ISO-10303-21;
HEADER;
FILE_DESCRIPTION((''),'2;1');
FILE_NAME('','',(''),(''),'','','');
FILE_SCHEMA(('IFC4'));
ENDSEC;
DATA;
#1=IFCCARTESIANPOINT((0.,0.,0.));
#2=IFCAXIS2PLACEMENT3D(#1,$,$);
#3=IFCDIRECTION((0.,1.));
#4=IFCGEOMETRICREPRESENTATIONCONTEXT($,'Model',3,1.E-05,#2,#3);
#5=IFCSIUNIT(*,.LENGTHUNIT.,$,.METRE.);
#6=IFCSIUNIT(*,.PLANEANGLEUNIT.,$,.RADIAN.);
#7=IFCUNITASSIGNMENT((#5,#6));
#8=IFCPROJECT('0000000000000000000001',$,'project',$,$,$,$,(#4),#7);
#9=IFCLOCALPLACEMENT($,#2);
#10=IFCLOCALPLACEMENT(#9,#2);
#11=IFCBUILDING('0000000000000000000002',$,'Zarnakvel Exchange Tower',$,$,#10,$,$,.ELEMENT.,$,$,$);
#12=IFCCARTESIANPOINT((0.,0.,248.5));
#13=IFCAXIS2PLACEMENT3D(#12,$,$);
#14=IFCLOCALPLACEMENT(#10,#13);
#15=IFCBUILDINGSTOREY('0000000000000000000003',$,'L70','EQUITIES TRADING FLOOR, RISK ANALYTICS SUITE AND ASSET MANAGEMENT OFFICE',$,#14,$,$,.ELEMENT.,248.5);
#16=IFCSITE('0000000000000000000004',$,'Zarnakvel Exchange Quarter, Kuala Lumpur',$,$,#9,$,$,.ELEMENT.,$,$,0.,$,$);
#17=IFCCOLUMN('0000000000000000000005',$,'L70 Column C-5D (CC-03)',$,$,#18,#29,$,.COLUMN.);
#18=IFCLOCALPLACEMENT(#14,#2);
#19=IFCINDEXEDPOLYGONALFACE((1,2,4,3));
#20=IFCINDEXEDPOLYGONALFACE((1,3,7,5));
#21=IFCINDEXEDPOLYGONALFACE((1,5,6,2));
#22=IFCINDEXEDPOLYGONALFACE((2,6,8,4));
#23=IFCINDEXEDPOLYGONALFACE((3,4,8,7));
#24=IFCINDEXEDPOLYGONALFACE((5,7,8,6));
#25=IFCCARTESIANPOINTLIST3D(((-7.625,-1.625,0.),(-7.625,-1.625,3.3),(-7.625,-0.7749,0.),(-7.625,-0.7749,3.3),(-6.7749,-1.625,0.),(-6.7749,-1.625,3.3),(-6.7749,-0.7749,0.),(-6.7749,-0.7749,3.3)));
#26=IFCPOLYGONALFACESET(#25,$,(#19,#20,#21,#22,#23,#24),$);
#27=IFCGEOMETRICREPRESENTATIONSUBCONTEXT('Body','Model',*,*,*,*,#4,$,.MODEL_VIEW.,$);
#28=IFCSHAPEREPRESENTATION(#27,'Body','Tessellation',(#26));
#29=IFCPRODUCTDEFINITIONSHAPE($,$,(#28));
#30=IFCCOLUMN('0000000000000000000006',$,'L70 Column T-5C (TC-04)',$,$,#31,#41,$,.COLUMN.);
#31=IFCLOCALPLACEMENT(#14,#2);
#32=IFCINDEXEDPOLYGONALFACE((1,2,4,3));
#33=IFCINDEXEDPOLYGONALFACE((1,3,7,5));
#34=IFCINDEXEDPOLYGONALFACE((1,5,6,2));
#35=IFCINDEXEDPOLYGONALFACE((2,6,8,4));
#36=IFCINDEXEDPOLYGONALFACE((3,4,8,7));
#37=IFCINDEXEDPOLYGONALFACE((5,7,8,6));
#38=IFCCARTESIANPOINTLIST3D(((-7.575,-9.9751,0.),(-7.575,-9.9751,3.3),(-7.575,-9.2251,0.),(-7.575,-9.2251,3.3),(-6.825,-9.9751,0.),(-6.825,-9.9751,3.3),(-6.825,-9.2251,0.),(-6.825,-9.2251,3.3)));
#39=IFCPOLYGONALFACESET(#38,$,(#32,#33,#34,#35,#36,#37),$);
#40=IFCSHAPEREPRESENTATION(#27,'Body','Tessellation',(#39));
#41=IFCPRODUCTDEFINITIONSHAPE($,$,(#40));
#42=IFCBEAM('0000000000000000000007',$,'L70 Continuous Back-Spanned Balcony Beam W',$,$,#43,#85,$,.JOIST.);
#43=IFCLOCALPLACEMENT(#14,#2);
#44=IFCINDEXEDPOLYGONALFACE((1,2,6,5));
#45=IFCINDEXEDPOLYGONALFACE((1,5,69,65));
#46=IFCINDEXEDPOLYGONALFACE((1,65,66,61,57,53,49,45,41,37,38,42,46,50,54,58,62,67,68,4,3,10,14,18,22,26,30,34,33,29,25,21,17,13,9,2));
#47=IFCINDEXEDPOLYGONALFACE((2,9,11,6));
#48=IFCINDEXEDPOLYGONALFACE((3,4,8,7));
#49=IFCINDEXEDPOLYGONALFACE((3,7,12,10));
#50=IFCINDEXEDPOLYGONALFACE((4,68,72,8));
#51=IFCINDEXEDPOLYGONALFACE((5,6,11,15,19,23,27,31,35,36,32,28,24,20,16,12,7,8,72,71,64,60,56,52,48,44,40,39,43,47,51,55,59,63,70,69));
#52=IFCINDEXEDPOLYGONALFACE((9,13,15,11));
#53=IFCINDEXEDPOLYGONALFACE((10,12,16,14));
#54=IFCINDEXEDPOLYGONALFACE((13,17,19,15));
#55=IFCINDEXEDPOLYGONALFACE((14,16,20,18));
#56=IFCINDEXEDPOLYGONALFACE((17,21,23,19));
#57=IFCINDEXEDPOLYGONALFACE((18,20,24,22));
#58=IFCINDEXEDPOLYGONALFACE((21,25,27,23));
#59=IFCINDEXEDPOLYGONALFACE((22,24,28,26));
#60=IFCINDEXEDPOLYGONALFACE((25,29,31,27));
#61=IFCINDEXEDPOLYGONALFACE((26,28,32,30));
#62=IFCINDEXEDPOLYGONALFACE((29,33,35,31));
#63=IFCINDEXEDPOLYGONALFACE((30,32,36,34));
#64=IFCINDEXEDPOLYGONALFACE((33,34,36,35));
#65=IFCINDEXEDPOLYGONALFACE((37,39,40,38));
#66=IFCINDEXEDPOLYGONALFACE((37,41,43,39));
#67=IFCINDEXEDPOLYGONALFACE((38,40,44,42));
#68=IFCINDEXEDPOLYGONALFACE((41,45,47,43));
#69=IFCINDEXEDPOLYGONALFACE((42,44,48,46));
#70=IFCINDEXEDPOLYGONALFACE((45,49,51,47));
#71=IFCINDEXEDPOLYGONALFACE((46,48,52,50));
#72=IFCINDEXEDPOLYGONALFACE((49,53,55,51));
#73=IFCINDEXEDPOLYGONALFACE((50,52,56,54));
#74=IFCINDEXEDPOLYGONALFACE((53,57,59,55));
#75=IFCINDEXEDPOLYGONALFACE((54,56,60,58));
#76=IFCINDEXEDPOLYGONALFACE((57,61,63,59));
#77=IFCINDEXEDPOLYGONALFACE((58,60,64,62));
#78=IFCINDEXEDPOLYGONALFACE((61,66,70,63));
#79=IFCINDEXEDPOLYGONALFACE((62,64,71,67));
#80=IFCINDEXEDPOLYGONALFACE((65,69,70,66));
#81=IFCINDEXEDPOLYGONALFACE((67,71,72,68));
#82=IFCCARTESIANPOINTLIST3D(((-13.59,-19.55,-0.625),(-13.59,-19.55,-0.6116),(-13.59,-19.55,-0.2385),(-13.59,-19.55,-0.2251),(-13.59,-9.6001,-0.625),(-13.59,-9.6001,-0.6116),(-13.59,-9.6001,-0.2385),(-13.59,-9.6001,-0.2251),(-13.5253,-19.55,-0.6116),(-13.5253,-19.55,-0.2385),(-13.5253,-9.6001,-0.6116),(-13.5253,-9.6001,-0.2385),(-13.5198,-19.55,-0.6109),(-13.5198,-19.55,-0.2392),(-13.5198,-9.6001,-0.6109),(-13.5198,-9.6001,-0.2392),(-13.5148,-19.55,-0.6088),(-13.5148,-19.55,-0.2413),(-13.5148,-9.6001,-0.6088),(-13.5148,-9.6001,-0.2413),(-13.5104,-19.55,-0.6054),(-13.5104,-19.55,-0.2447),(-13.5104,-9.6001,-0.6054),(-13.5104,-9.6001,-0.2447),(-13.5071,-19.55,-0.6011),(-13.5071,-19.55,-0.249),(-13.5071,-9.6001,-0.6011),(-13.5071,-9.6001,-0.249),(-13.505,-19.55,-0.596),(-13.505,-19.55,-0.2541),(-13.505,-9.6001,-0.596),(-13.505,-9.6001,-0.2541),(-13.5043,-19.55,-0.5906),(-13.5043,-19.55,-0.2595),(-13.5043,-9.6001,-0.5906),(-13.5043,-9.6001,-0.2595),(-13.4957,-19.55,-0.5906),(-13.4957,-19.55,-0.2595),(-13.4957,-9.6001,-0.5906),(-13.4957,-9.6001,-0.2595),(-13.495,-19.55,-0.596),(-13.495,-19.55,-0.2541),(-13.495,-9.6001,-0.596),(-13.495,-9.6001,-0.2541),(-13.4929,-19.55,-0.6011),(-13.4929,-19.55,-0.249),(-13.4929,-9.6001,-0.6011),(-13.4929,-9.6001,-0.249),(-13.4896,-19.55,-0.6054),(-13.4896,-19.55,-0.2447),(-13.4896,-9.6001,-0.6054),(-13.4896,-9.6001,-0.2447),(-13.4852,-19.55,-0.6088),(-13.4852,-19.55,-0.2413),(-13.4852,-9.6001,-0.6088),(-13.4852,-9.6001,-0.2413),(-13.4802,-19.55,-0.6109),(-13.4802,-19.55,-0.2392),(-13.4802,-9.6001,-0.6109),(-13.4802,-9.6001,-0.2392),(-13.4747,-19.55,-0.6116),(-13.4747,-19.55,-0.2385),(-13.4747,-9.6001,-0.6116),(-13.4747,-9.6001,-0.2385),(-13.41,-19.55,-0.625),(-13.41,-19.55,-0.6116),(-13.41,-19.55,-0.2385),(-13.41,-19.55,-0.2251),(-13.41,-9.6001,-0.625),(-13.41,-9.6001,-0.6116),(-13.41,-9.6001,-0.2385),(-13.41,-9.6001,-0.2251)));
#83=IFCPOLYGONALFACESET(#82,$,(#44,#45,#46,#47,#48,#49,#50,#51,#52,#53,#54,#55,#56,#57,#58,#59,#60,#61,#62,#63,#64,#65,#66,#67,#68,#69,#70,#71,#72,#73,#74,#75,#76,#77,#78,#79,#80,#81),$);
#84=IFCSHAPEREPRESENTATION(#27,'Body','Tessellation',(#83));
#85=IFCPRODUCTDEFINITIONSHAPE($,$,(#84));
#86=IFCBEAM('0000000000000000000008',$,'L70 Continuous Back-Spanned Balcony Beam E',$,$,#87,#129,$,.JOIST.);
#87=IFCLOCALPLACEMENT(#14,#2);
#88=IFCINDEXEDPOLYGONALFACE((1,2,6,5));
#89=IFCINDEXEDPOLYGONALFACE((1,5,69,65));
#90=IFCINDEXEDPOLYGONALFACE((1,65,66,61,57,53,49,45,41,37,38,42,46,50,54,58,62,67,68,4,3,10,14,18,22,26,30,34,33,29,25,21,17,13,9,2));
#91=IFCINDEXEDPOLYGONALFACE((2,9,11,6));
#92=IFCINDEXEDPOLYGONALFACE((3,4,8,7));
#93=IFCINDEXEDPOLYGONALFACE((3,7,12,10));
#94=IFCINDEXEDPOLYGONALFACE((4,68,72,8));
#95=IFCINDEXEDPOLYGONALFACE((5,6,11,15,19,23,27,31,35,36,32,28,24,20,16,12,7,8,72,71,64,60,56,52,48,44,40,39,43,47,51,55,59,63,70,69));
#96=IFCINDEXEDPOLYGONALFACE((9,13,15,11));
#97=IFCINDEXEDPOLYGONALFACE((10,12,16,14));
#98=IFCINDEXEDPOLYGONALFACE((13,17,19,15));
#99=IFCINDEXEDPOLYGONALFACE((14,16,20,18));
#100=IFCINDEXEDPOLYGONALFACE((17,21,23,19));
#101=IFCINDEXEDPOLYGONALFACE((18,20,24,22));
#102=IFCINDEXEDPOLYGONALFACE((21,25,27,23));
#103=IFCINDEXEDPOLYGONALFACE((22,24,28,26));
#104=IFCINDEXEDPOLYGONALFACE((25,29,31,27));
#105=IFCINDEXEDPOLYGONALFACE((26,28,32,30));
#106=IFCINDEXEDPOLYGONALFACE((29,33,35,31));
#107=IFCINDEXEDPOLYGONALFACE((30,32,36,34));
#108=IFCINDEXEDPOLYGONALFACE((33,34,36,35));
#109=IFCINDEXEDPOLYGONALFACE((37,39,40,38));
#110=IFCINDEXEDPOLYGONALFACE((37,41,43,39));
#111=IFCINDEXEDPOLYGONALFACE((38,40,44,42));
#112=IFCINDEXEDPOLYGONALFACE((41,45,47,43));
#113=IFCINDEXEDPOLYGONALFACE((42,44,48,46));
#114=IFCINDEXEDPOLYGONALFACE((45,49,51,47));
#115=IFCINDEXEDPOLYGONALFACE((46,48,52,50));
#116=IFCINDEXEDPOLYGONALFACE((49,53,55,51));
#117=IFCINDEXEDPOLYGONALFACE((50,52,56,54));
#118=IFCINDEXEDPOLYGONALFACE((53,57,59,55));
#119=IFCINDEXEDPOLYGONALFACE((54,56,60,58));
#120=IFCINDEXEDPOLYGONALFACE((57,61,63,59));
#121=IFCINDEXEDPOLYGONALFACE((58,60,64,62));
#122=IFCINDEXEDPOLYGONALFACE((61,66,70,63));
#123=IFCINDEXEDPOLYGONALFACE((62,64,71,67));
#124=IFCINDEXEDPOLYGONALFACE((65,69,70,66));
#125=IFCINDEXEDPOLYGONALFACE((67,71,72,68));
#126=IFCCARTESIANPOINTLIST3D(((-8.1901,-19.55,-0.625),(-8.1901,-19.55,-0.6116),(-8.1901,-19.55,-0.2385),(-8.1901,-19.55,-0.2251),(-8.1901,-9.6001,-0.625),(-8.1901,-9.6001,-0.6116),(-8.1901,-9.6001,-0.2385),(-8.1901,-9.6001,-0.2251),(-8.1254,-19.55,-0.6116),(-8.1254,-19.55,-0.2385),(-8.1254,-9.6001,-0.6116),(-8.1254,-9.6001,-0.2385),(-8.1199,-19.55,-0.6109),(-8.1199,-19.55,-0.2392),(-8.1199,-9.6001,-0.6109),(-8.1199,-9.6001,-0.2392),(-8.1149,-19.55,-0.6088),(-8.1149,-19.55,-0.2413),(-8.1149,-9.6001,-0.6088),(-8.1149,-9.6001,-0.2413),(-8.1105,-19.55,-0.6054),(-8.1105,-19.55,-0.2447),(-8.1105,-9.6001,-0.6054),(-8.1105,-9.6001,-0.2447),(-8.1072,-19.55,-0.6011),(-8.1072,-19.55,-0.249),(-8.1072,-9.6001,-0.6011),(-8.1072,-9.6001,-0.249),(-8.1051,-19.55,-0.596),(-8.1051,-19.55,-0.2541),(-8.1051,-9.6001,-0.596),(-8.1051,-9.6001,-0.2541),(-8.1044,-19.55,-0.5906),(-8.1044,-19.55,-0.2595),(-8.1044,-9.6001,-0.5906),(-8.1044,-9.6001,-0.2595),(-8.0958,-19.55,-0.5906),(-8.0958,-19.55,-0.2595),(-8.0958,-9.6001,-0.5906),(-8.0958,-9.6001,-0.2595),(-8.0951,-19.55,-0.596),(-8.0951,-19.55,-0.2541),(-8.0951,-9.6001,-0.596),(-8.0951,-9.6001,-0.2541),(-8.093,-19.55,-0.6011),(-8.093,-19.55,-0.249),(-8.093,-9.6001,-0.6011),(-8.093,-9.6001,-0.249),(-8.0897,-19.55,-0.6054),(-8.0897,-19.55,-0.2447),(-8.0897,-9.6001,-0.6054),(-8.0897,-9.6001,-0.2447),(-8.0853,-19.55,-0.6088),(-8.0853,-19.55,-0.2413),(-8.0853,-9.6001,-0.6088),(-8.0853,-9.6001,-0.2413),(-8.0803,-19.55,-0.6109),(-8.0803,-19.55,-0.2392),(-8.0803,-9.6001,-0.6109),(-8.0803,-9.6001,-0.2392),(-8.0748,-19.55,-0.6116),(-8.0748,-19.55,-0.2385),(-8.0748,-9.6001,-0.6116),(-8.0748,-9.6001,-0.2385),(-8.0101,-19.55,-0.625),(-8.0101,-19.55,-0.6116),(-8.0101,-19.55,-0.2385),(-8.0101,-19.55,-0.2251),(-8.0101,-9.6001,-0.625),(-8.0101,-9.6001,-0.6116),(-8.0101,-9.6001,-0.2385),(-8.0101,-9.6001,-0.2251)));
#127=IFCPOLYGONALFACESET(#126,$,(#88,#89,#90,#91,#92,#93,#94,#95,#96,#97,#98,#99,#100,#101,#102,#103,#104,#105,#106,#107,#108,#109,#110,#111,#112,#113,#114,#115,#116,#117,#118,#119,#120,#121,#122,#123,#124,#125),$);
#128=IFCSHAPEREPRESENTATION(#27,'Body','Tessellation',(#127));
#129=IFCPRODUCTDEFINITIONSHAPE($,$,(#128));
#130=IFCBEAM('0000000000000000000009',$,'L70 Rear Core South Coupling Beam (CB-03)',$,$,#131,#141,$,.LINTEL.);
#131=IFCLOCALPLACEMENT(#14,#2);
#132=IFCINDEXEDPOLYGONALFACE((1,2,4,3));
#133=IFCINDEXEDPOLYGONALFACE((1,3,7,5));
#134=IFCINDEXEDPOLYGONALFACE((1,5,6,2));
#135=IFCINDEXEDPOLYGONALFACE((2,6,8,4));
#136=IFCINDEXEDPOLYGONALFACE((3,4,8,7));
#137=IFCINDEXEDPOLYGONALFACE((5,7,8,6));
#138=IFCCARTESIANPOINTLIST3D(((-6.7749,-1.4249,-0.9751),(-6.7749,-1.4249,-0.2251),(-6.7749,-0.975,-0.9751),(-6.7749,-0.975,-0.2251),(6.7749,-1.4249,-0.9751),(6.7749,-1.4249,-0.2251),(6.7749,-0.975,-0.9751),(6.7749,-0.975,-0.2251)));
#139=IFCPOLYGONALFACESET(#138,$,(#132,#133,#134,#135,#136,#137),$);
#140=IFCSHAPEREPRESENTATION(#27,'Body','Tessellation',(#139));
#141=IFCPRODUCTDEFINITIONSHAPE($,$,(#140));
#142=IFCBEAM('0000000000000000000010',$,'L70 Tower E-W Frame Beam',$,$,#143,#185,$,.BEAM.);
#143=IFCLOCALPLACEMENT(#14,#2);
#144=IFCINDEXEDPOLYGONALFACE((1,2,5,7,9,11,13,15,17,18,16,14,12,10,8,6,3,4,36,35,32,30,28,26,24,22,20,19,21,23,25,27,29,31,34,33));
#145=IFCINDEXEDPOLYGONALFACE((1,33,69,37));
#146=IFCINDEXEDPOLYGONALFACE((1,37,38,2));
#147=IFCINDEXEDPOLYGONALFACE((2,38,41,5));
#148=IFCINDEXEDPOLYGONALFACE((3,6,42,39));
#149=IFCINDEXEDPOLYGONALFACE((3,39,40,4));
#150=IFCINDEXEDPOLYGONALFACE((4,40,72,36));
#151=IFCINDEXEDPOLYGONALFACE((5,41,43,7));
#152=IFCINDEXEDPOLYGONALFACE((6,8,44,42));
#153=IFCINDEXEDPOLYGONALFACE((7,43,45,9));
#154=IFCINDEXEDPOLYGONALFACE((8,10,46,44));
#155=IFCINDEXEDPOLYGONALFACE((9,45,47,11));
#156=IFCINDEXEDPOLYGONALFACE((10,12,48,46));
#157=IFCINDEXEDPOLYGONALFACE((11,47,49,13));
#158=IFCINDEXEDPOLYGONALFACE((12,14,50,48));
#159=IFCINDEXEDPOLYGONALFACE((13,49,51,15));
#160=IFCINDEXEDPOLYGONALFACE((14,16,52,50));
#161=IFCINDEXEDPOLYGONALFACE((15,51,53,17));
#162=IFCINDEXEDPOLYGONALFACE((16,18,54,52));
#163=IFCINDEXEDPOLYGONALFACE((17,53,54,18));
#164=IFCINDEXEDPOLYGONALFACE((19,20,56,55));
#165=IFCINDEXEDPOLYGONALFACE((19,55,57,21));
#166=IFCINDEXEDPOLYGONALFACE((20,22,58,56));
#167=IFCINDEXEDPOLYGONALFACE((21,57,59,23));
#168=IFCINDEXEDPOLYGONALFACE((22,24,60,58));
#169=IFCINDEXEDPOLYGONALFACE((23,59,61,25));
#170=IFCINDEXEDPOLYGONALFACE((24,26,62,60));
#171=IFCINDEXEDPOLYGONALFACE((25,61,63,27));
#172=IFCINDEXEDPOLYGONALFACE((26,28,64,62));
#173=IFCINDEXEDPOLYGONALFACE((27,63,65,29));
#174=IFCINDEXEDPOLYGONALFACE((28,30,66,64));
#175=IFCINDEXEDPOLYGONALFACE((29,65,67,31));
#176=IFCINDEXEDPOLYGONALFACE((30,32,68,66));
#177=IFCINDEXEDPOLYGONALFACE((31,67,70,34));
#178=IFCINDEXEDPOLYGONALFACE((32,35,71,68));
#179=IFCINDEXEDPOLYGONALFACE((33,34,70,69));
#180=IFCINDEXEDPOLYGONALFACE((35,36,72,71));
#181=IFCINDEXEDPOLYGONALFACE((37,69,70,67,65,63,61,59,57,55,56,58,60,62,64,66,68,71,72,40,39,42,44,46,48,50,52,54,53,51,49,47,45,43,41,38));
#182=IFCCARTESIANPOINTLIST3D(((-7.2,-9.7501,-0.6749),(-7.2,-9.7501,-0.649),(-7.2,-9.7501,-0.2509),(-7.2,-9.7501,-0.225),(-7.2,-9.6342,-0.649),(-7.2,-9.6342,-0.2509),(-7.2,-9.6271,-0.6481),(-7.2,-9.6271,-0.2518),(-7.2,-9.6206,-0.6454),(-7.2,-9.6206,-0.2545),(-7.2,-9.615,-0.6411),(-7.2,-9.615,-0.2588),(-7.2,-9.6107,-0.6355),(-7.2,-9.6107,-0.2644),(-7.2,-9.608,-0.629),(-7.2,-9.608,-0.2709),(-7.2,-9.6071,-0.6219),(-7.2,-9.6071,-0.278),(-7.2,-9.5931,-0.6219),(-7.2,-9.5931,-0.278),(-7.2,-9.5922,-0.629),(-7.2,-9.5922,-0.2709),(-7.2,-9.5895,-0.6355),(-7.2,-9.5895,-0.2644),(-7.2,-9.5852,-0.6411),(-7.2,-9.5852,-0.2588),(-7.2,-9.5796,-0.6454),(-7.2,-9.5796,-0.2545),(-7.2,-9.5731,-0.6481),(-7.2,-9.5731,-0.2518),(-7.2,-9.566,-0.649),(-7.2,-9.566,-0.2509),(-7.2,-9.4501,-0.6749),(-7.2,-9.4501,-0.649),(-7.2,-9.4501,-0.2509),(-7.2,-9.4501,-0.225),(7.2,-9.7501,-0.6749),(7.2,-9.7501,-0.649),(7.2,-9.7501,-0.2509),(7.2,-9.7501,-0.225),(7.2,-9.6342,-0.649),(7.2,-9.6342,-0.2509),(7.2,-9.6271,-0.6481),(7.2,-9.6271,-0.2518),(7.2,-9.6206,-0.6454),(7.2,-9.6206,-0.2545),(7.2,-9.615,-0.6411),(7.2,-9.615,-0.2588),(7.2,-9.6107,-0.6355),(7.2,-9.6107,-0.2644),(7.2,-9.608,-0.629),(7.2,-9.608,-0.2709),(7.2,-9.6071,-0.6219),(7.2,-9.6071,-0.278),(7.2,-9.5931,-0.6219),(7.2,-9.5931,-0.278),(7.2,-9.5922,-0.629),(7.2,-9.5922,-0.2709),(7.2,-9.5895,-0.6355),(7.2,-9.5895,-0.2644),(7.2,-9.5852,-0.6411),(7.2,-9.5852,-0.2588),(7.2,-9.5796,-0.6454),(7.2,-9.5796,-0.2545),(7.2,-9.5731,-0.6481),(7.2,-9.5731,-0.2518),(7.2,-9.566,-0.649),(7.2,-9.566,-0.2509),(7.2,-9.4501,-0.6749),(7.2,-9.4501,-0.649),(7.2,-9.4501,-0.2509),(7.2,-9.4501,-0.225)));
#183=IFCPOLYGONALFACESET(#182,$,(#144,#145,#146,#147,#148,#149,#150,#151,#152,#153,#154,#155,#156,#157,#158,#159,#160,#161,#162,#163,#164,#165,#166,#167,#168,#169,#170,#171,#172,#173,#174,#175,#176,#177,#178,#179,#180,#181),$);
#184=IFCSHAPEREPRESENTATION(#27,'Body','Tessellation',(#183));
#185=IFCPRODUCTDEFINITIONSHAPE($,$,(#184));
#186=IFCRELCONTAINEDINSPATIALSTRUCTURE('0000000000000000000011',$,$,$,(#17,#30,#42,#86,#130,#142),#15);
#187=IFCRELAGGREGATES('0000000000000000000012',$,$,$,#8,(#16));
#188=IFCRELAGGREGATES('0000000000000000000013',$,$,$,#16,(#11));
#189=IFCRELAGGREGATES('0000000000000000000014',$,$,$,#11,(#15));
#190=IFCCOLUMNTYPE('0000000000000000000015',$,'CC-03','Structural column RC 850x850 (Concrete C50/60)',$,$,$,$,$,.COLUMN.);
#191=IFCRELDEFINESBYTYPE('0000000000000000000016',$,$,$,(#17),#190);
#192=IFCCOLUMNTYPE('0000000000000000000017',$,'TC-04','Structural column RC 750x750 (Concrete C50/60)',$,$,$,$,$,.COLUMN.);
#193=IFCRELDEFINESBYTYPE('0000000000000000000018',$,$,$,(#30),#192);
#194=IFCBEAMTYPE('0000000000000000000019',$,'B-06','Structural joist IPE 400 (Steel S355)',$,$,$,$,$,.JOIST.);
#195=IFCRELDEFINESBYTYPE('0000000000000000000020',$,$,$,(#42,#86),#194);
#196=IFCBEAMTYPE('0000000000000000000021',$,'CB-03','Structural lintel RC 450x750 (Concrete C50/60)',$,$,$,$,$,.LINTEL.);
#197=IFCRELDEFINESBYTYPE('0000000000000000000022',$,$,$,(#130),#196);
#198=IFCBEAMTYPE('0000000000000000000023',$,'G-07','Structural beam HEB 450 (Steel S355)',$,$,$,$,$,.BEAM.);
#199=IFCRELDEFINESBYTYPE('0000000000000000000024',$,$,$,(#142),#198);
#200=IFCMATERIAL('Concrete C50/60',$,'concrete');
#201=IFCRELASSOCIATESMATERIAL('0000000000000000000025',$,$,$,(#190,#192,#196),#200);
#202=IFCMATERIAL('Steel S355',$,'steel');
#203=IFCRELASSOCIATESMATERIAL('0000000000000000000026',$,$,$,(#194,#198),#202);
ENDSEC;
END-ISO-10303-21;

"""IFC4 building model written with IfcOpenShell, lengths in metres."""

from ifc_helpers import new_model, si_unit, direction, frame, origin, origin_2d, place, context, subcontext, project, spatial, rectangle, i_section, extrude, material, material_profile, profile_set, type_object, element, save


model = new_model("IFC4")

# Units and contexts
model_context = context("Model", 3, precision=1e-05, world=origin(), true_north=direction((0.0, 1.0)))
body_context = subcontext(model_context, "Body", "Model", "MODEL_VIEW")
ifc_project = project(units=[si_unit("LENGTHUNIT", "METRE"), si_unit("PLANEANGLEUNIT", "RADIAN")], contexts=[model_context])

# Site, building, storey
site_placement = place(None, origin())
site = spatial("IfcSite", under=ifc_project, at=site_placement, Name="Zarnakvel Exchange Quarter, Kuala Lumpur", CompositionType="ELEMENT", RefElevation=0.0)
building_placement = place(site_placement, origin())
building = spatial("IfcBuilding", under=site, at=building_placement, Name="Zarnakvel Exchange Tower", CompositionType="ELEMENT")
storey_placement = place(building_placement, frame((0.0, 0.0, 248.5)))
storey = spatial("IfcBuildingStorey", under=building, at=storey_placement, Name="L70", Description="EQUITIES TRADING FLOOR, RISK ANALYTICS SUITE AND ASSET MANAGEMENT OFFICE", CompositionType="ELEMENT", Elevation=248.5)

# Columns
ifc_material_1 = material(Name="Concrete C50/60", Category="concrete")
ifc_material_profile_1 = material_profile(ifc_material_1, rectangle(XDim=0.8501, YDim=0.8501, at=origin_2d()))
ifc_profile_set_1 = profile_set([ifc_material_profile_1], Name="Concrete C50/60")
column_type_1 = type_object("IfcColumnType", Name="CC-03", Description="Structural column RC 850x850 (Concrete C50/60)", PredefinedType="COLUMN", material=ifc_profile_set_1)
column_1_placement = place(storey_placement, frame((-7.2, -1.2, 0.0), z_axis=(0.0, 0.0, 1.0), x_axis=(1.0, 0.0, 0.0)))
element("IfcColumn", 1, at=column_1_placement, inside=storey, type_object=column_type_1, Name="L70 Column C-5D (CC-03)", PredefinedType="COLUMN", context=body_context, shape_type="SweptSolid", body=[
    extrude(rectangle(XDim=0.8501, YDim=0.8501, at=origin_2d()), origin(), (0.0, 0.0, 1.0), 3.3),
])
ifc_material_profile_2 = material_profile(ifc_material_1, rectangle(XDim=0.75, YDim=0.75, at=origin_2d()))
ifc_profile_set_2 = profile_set([ifc_material_profile_2], Name="Concrete C50/60")
column_type_2 = type_object("IfcColumnType", Name="TC-04", Description="Structural column RC 750x750 (Concrete C50/60)", PredefinedType="COLUMN", material=ifc_profile_set_2)
column_2_placement = place(storey_placement, frame((-7.2, -9.6001, 0.0), z_axis=(0.0, 0.0, 1.0), x_axis=(1.0, 0.0, 0.0)))
element("IfcColumn", 2, at=column_2_placement, inside=storey, type_object=column_type_2, Name="L70 Column T-5C (TC-04)", PredefinedType="COLUMN", context=body_context, shape_type="SweptSolid", body=[
    extrude(rectangle(XDim=0.75, YDim=0.75, at=origin_2d()), origin(), (0.0, 0.0, 1.0), 3.3),
])

# Beams
ifc_material_2 = material(Name="Steel S355", Category="steel")
ifc_material_profile_3 = material_profile(ifc_material_2, i_section(OverallWidth=0.1799, OverallDepth=0.3999, WebThickness=0.0085, FlangeThickness=0.0134, FilletRadius=0.021, at=origin_2d()))
ifc_profile_set_3 = profile_set([ifc_material_profile_3], Name="Steel S355")
beam_type_1 = type_object("IfcBeamType", Name="B-06", Description="Structural joist IPE 400 (Steel S355)", PredefinedType="JOIST", material=ifc_profile_set_3)
for number, where, z_axis, x_axis, name in (
    (3, (-13.5, -9.6001, -0.425), (0.0, -1.0, 0.0), (1.0, 0.0, 0.0), "L70 Continuous Back-Spanned Balcony Beam W"),
    (4, (-8.1001, -9.6001, -0.425), (0.0, -1.0, 0.0), (1.0, 0.0, 0.0), "L70 Continuous Back-Spanned Balcony Beam E"),
):
    element("IfcBeam", number, at=place(storey_placement, frame(where, z_axis=z_axis, x_axis=x_axis)), inside=storey, type_object=beam_type_1, Name=name, PredefinedType="JOIST", context=body_context, shape_type="SweptSolid", body=[
        extrude(i_section(OverallWidth=0.1799, OverallDepth=0.3999, WebThickness=0.0085, FlangeThickness=0.0134, FilletRadius=0.021, at=origin_2d()), origin(), (0.0, 0.0, 1.0), 9.95),
    ])
ifc_material_profile_4 = material_profile(ifc_material_1, rectangle(XDim=0.45, YDim=0.75, at=origin_2d()))
ifc_profile_set_4 = profile_set([ifc_material_profile_4], Name="Concrete C50/60")
beam_type_2 = type_object("IfcBeamType", Name="CB-03", Description="Structural lintel RC 450x750 (Concrete C50/60)", PredefinedType="LINTEL", material=ifc_profile_set_4)
beam_1_placement = place(storey_placement, frame((-6.7749, -1.2, -0.6001), z_axis=(1.0, 0.0, 0.0), x_axis=(0.0, 1.0, 0.0)))
element("IfcBeam", 5, at=beam_1_placement, inside=storey, type_object=beam_type_2, Name="L70 Rear Core South Coupling Beam (CB-03)", PredefinedType="LINTEL", context=body_context, shape_type="SweptSolid", body=[
    extrude(rectangle(XDim=0.45, YDim=0.75, at=origin_2d()), origin(), (0.0, 0.0, 1.0), 13.5498),
])
ifc_material_profile_5 = material_profile(ifc_material_2, i_section(OverallWidth=0.3, OverallDepth=0.45, WebThickness=0.0139, FlangeThickness=0.0259, FilletRadius=0.0271, at=origin_2d()))
ifc_profile_set_5 = profile_set([ifc_material_profile_5], Name="Steel S355")
beam_type_3 = type_object("IfcBeamType", Name="G-07", Description="Structural beam HEB 450 (Steel S355)", PredefinedType="BEAM", material=ifc_profile_set_5)
beam_2_placement = place(storey_placement, frame((-7.2, -9.6001, -0.45), z_axis=(1.0, 0.0, 0.0), x_axis=(0.0, 1.0, 0.0)))
element("IfcBeam", 6, at=beam_2_placement, inside=storey, type_object=beam_type_3, Name="L70 Tower E-W Frame Beam", PredefinedType="BEAM", context=body_context, shape_type="SweptSolid", body=[
    extrude(i_section(OverallWidth=0.3, OverallDepth=0.45, WebThickness=0.0139, FlangeThickness=0.0259, FilletRadius=0.0271, at=origin_2d()), origin(), (0.0, 0.0, 1.0), 14.3999),
])

save(model, "model.ifc")
